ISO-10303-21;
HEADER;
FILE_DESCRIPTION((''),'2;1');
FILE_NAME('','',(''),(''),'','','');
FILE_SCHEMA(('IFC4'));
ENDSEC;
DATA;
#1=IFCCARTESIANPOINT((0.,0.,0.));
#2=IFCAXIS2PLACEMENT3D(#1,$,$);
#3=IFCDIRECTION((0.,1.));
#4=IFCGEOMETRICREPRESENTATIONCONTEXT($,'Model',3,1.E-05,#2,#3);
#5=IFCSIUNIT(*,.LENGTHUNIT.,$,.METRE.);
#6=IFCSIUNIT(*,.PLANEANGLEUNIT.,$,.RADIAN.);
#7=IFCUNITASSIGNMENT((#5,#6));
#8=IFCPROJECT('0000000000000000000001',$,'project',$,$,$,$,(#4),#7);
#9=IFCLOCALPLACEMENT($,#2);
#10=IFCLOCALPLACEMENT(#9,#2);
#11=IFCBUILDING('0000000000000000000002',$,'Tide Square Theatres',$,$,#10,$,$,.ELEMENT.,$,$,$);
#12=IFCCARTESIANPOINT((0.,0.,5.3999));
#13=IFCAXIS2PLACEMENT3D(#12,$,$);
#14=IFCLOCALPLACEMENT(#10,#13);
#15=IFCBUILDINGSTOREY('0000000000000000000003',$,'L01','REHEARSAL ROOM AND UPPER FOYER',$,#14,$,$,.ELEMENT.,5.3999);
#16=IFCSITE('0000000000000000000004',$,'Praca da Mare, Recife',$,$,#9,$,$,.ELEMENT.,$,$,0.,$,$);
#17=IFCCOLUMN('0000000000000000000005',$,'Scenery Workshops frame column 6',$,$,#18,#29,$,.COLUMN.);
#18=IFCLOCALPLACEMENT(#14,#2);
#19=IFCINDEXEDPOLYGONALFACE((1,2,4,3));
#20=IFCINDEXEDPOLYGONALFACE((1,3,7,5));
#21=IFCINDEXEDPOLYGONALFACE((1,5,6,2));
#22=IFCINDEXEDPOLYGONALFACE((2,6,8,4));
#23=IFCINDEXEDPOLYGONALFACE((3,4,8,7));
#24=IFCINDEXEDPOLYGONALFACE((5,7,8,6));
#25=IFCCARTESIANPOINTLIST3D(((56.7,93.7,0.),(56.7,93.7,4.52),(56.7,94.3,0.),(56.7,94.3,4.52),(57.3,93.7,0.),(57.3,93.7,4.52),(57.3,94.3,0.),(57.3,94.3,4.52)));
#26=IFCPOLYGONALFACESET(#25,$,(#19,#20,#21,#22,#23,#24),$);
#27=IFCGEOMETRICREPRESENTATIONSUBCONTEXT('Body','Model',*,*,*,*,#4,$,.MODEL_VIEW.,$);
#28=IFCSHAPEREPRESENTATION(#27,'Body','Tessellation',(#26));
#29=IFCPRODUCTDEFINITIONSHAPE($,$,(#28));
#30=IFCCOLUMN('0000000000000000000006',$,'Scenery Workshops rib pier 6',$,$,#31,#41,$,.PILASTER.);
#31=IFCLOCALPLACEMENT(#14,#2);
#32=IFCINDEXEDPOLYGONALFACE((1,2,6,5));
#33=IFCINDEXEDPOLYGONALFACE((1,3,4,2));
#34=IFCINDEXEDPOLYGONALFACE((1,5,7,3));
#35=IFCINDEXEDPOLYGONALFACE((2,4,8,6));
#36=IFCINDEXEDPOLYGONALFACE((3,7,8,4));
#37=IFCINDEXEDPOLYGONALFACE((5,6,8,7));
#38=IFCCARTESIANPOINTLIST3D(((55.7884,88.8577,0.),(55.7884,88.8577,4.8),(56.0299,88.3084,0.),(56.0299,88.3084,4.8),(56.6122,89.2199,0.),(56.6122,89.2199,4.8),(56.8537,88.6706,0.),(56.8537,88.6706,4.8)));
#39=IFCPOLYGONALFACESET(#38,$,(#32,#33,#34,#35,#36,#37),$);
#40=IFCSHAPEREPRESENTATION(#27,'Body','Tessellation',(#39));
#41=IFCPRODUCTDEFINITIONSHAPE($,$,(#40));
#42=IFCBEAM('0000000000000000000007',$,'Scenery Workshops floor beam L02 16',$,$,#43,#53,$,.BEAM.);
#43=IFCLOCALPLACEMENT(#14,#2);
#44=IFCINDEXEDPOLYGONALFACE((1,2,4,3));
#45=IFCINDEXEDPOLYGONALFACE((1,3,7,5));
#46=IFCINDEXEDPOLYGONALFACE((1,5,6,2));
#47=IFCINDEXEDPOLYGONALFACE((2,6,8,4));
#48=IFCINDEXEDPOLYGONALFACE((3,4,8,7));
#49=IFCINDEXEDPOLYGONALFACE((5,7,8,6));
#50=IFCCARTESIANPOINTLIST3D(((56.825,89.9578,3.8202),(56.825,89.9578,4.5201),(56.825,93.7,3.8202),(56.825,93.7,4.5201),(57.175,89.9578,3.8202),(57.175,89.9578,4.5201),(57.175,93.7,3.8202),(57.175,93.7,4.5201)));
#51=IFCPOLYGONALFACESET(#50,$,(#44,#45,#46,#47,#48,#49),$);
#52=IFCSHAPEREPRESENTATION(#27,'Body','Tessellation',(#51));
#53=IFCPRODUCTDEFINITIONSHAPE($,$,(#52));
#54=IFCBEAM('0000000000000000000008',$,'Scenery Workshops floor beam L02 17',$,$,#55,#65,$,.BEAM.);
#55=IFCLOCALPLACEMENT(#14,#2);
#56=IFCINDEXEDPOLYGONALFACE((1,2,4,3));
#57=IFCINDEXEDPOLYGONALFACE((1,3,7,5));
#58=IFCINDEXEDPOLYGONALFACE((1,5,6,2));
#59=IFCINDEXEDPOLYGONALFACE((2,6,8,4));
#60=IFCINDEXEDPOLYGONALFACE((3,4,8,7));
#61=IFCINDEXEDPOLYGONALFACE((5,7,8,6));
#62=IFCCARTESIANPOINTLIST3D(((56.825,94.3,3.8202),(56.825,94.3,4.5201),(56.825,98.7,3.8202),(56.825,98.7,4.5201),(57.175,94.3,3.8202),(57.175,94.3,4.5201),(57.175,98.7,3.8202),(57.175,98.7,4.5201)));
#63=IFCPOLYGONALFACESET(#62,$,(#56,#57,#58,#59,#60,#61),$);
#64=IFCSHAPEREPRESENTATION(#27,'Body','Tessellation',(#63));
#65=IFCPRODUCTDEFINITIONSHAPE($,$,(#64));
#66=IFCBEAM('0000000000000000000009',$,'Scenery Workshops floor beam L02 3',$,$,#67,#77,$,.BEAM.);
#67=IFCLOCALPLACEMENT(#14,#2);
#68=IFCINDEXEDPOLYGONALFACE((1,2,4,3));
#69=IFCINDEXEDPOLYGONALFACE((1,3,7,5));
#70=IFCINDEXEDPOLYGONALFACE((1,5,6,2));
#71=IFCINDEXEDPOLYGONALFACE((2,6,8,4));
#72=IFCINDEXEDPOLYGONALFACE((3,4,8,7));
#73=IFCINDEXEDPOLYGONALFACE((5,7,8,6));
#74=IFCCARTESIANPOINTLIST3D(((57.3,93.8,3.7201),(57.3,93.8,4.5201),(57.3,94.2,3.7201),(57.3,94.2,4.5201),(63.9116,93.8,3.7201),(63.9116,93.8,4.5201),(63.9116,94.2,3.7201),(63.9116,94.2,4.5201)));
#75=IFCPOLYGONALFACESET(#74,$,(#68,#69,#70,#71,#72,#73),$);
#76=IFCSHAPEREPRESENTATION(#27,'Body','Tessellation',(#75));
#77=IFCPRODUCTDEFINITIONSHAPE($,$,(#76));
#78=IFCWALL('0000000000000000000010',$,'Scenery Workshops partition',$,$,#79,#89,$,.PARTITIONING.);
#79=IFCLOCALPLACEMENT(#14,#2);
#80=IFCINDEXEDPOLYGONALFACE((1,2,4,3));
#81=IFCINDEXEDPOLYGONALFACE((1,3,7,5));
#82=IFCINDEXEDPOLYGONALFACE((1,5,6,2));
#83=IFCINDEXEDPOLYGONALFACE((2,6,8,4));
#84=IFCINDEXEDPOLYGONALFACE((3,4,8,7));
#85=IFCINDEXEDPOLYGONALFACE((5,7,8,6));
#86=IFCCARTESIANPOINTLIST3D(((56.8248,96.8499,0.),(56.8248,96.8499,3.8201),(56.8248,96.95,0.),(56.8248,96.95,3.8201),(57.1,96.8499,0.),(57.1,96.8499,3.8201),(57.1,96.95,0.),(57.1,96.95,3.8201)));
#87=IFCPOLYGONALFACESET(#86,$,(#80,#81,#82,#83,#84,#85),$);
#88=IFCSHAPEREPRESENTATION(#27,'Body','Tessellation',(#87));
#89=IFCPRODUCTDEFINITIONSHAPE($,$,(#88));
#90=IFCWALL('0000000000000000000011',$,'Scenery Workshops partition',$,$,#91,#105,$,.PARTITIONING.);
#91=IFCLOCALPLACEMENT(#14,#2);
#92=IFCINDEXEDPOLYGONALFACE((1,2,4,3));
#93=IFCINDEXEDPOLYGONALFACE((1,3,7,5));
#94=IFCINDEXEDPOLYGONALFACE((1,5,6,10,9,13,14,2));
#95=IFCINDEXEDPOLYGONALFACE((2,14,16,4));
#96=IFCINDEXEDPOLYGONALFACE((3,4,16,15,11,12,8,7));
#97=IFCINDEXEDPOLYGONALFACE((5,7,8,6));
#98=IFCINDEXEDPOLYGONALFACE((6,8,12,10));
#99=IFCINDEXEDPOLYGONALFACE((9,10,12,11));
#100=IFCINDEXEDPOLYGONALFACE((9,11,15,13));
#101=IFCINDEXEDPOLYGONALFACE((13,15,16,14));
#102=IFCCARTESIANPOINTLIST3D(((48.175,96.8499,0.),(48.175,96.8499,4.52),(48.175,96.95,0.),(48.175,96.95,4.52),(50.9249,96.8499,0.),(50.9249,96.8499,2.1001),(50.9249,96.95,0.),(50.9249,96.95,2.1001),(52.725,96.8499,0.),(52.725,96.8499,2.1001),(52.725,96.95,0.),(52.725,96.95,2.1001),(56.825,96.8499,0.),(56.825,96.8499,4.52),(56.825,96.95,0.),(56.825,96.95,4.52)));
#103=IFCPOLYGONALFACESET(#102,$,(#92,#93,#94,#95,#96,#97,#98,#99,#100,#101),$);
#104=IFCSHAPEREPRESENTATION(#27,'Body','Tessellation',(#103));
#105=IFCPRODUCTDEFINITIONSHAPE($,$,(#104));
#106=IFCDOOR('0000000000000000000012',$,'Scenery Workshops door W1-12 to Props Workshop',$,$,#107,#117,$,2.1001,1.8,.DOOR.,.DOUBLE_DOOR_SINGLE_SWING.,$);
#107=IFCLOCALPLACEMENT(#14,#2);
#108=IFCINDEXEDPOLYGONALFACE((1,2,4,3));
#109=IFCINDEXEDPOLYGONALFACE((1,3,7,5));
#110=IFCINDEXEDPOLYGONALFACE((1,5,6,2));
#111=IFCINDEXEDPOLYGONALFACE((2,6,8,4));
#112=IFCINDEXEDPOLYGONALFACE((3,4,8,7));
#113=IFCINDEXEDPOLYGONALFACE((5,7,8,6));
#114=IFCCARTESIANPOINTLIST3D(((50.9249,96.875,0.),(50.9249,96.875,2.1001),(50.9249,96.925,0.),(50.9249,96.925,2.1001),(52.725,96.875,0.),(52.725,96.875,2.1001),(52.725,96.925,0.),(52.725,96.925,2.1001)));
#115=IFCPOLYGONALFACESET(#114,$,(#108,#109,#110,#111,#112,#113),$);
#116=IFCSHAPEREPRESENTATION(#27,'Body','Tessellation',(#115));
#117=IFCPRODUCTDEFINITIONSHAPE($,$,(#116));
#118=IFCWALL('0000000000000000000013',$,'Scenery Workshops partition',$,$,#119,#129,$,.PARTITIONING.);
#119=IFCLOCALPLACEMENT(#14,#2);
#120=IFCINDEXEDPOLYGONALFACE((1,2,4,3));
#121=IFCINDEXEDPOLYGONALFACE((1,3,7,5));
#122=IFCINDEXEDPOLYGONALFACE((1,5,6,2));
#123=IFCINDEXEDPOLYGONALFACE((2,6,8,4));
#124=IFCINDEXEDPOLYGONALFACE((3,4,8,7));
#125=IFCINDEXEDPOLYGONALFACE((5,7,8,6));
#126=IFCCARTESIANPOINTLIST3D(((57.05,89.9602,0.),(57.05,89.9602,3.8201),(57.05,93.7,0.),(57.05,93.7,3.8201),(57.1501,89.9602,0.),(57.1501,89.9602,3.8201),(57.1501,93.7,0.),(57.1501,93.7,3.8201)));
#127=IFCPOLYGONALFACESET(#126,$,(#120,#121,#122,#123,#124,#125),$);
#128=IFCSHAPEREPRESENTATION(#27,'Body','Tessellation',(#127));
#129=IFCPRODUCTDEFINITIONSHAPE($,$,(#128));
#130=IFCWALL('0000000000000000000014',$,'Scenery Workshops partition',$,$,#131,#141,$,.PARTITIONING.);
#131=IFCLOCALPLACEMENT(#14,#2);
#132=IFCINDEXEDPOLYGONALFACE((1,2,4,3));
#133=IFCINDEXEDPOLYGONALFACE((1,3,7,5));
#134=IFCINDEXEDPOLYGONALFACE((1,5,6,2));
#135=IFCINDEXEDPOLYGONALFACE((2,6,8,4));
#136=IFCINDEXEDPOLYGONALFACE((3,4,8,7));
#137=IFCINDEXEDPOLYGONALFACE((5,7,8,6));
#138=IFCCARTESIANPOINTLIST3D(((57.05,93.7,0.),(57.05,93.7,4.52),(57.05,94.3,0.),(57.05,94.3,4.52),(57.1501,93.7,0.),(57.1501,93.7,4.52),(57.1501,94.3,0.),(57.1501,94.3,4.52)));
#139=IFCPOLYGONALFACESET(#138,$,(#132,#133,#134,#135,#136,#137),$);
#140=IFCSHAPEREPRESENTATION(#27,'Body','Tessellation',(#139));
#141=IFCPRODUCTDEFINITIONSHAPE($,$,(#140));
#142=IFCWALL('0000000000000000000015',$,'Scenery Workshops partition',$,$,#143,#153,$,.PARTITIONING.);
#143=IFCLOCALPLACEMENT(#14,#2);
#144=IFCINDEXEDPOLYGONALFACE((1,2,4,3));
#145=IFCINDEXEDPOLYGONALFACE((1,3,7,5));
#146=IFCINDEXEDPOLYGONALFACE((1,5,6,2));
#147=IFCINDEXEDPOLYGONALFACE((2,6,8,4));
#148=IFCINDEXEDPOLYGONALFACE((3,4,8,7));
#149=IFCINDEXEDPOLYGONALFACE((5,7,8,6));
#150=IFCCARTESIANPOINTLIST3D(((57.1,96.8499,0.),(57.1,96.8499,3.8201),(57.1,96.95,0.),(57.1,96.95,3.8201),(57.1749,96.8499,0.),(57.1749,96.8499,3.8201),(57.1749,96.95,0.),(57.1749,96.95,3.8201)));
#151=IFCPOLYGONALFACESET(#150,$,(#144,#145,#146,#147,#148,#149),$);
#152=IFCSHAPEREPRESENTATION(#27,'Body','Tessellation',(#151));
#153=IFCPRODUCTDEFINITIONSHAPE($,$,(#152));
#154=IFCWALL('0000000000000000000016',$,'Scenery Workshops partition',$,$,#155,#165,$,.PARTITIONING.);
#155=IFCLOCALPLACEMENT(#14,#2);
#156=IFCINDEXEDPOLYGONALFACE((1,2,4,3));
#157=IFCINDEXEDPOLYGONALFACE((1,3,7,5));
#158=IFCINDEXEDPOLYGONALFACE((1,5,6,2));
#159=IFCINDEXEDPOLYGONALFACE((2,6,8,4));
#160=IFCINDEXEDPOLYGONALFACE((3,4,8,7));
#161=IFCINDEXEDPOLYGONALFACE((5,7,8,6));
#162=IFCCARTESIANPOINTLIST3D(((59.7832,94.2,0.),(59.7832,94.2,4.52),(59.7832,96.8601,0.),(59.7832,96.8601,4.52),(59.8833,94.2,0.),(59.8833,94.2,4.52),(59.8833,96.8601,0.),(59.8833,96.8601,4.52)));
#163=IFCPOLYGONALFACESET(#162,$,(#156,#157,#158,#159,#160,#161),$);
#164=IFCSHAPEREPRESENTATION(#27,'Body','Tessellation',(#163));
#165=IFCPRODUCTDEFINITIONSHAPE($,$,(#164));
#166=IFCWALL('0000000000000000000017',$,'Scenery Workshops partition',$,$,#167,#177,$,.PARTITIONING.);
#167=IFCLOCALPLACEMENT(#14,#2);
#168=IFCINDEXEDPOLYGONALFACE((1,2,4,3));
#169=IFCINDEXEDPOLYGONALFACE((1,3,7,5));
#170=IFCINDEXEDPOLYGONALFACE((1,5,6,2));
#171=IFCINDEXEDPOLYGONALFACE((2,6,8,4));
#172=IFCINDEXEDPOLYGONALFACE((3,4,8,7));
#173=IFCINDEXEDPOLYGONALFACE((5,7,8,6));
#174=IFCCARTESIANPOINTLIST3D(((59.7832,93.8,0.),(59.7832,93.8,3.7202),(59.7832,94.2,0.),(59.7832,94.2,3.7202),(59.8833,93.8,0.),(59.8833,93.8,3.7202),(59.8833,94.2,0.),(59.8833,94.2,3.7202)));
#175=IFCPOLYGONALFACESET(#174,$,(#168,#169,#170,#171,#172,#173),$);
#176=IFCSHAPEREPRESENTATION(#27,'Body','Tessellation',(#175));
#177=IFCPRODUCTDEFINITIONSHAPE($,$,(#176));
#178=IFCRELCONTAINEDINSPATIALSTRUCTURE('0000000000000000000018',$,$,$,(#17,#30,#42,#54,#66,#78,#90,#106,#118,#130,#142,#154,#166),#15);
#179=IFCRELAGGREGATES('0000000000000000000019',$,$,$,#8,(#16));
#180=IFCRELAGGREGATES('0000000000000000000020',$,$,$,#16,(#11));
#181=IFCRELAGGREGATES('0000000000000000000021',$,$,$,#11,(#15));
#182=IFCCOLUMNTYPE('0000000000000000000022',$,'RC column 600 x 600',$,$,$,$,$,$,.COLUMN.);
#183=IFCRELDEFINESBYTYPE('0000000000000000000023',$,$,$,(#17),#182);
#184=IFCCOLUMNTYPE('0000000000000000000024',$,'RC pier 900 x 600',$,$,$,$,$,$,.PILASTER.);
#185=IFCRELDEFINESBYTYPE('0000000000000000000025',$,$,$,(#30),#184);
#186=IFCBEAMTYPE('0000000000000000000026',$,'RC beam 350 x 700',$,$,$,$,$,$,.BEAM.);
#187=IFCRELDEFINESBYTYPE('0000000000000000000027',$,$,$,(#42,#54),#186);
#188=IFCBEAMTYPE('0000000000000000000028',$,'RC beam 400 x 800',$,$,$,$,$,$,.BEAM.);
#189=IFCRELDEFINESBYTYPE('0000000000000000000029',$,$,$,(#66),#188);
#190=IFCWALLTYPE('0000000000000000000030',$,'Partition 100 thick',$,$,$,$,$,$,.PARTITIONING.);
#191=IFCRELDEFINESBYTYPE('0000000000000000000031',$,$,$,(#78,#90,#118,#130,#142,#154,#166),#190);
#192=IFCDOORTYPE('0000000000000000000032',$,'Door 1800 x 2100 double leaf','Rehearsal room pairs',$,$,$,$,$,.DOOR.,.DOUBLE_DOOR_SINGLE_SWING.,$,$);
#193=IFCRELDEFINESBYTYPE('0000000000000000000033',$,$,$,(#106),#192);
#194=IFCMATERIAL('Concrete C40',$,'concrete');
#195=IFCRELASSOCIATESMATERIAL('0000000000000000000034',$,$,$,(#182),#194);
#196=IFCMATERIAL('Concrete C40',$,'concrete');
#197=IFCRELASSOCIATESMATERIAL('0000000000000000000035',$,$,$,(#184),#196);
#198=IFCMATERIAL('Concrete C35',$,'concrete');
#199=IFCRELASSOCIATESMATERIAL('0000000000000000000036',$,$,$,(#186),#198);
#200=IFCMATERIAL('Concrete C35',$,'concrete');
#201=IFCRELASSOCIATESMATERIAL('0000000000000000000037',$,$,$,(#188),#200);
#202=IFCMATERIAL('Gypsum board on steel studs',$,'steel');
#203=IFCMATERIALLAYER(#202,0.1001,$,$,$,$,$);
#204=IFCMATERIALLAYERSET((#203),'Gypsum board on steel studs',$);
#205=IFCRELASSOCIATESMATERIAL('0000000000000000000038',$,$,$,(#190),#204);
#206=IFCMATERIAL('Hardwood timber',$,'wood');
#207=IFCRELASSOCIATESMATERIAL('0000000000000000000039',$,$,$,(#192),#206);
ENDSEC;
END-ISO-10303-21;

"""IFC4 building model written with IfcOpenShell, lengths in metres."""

from ifc_helpers import new_model, si_unit, direction, frame, frame_2d, origin, origin_2d, place, context, subcontext, project, spatial, rectangle, extrude, material, layer, layer_set, material_profile, profile_set, type_object, element, fill, save


model = new_model("IFC4")

# Units and contexts
model_context = context("Model", 3, precision=1e-05, world=origin(), true_north=direction((0.0, 1.0)))
body_context = subcontext(model_context, "Body", "Model", "MODEL_VIEW")
ifc_project = project(units=[si_unit("LENGTHUNIT", "METRE"), si_unit("PLANEANGLEUNIT", "RADIAN")], contexts=[model_context])

# Site, building, storey
site_placement = place(None, origin())
site = spatial("IfcSite", under=ifc_project, at=site_placement, Name="Praca da Mare, Recife", CompositionType="ELEMENT", RefElevation=0.0)
building_placement = place(site_placement, origin())
building = spatial("IfcBuilding", under=site, at=building_placement, Name="Tide Square Theatres", CompositionType="ELEMENT")
storey_placement = place(building_placement, frame((0.0, 0.0, 5.3999)))
storey = spatial("IfcBuildingStorey", under=building, at=storey_placement, Name="L01", Description="REHEARSAL ROOM AND UPPER FOYER", CompositionType="ELEMENT", Elevation=5.3999)

# Columns
ifc_material_1 = material(Name="Concrete C40", Category="concrete")
ifc_material_profile_1 = material_profile(ifc_material_1, rectangle(XDim=0.6001, YDim=0.6001, at=origin_2d()))
ifc_profile_set_1 = profile_set([ifc_material_profile_1], Name="Concrete C40")
column_type_1 = type_object("IfcColumnType", Name="RC column 600 x 600", PredefinedType="COLUMN", material=ifc_profile_set_1)
column_1_placement = place(storey_placement, frame((57.0, 94.0, 0.0), z_axis=(0.0, 0.0, 1.0), x_axis=(1.0, 0.0, 0.0)))
element("IfcColumn", 1, at=column_1_placement, inside=storey, type_object=column_type_1, Name="Scenery Workshops frame column 6", PredefinedType="COLUMN", context=body_context, shape_type="SweptSolid", body=[
    extrude(rectangle(XDim=0.6001, YDim=0.6001, at=origin_2d()), origin(), (0.0, 0.0, 1.0), 4.52),
])
ifc_material_2 = material(Name="Concrete C40", Category="concrete")
ifc_material_profile_2 = material_profile(ifc_material_2, rectangle(XDim=0.8999, YDim=0.6001, at=origin_2d()))
ifc_profile_set_2 = profile_set([ifc_material_profile_2], Name="Concrete C40")
column_type_2 = type_object("IfcColumnType", Name="RC pier 900 x 600", PredefinedType="PILASTER", material=ifc_profile_set_2)
column_2_placement = place(storey_placement, frame((56.321, 88.7642, 0.0), z_axis=(0.0, 0.0, 1.0), x_axis=(0.915419, 0.402502, 0.0)))
element("IfcColumn", 2, at=column_2_placement, inside=storey, type_object=column_type_2, Name="Scenery Workshops rib pier 6", PredefinedType="PILASTER", context=body_context, shape_type="SweptSolid", body=[
    extrude(rectangle(XDim=0.8999, YDim=0.6001, at=origin_2d()), origin(), (0.0, 0.0, 1.0), 4.8),
])

# Beams
ifc_material_3 = material(Name="Concrete C35", Category="concrete")
ifc_material_profile_3 = material_profile(ifc_material_3, rectangle(XDim=0.3501, YDim=0.7, at=origin_2d()))
ifc_profile_set_3 = profile_set([ifc_material_profile_3], Name="Concrete C35")
beam_type_1 = type_object("IfcBeamType", Name="RC beam 350 x 700", PredefinedType="BEAM", material=ifc_profile_set_3)
beam_1_placement = place(storey_placement, frame((57.0, 89.9578, 4.1702), z_axis=(0.0, 1.0, 0.0), x_axis=(-1.0, 0.0, 0.0)))
element("IfcBeam", 3, at=beam_1_placement, inside=storey, type_object=beam_type_1, Name="Scenery Workshops floor beam L02 16", PredefinedType="BEAM", context=body_context, shape_type="SweptSolid", body=[
    extrude(rectangle(XDim=0.3501, YDim=0.7, at=origin_2d()), origin(), (0.0, 0.0, 1.0), 3.7422),
])
beam_2_placement = place(storey_placement, frame((57.0, 94.3, 4.1702), z_axis=(0.0, 1.0, 0.0), x_axis=(-1.0, 0.0, 0.0)))
element("IfcBeam", 4, at=beam_2_placement, inside=storey, type_object=beam_type_1, Name="Scenery Workshops floor beam L02 17", PredefinedType="BEAM", context=body_context, shape_type="SweptSolid", body=[
    extrude(rectangle(XDim=0.3501, YDim=0.7, at=origin_2d()), origin(), (0.0, 0.0, 1.0), 4.3999),
])
ifc_material_4 = material(Name="Concrete C35", Category="concrete")
ifc_material_profile_4 = material_profile(ifc_material_4, rectangle(XDim=0.3999, YDim=0.8, at=origin_2d()))
ifc_profile_set_4 = profile_set([ifc_material_profile_4], Name="Concrete C35")
beam_type_2 = type_object("IfcBeamType", Name="RC beam 400 x 800", PredefinedType="BEAM", material=ifc_profile_set_4)
beam_3_placement = place(storey_placement, frame((57.3, 94.0, 4.1201), z_axis=(1.0, 0.0, 0.0), x_axis=(0.0, 1.0, 0.0)))
element("IfcBeam", 5, at=beam_3_placement, inside=storey, type_object=beam_type_2, Name="Scenery Workshops floor beam L02 3", PredefinedType="BEAM", context=body_context, shape_type="SweptSolid", body=[
    extrude(rectangle(XDim=0.3999, YDim=0.8, at=origin_2d()), origin(), (0.0, 0.0, 1.0), 6.6116),
])

# Wall
ifc_material_5 = material(Name="Gypsum board on steel studs", Category="steel")
ifc_layer_1 = layer(ifc_material_5, 0.1001)
ifc_layer_set_1 = layer_set([ifc_layer_1], Name="Gypsum board on steel studs")
wall_type_1 = type_object("IfcWallType", Name="Partition 100 thick", PredefinedType="PARTITIONING", material=ifc_layer_set_1)
wall_1_placement = place(storey_placement, frame((57.1001, 96.8999, 0.0), z_axis=(0.0, 0.0, 1.0), x_axis=(-1.0, 0.0, 0.0)))
element("IfcWall", 6, at=wall_1_placement, inside=storey, type_object=wall_type_1, Name="Scenery Workshops partition", PredefinedType="PARTITIONING", context=body_context, shape_type="SweptSolid", body=[
    extrude(rectangle(XDim=0.2751, YDim=0.1001, at=frame_2d((0.1377, 0.0))), origin(), (0.0, 0.0, 1.0), 3.8201),
])

# Wall, opening, door
wall_2_placement = place(storey_placement, frame((56.825, 96.8999, 0.0), z_axis=(0.0, 0.0, 1.0), x_axis=(-1.0, 0.0, 0.0)))
wall_2 = element("IfcWall", 7, at=wall_2_placement, inside=storey, type_object=wall_type_1, Name="Scenery Workshops partition", PredefinedType="PARTITIONING", context=body_context, shape_type="SweptSolid", body=[
    extrude(rectangle(XDim=8.6499, YDim=0.1001, at=frame_2d((4.325, 0.0))), origin(), (0.0, 0.0, 1.0), 4.52),
])
opening_1_placement = place(wall_2_placement, frame((4.1001, 0.0, 0.0)))
opening_1 = element("IfcOpeningElement", 8, at=opening_1_placement, cuts=wall_2, PredefinedType="OPENING", context=body_context, shape_type="SweptSolid", body=[
    extrude(rectangle(XDim=1.8, YDim=2.1001, at=frame_2d((0.8999, 1.05))), frame((0.0, 0.0601, 0.0), z_axis=(0.0, -1.0, 0.0), x_axis=(1.0, 0.0, 0.0)), (0.0, 0.0, 1.0), 0.1201),
])
ifc_material_6 = material(Name="Hardwood timber", Category="wood")
door_type = type_object("IfcDoorType", Name="Door 1800 x 2100 double leaf", Description="Rehearsal room pairs", OperationType="DOUBLE_DOOR_SINGLE_SWING", PredefinedType="DOOR", material=ifc_material_6)
door_placement = place(opening_1_placement, origin())
door = element("IfcDoor", 9, at=door_placement, inside=storey, type_object=door_type, Name="Scenery Workshops door W1-12 to Props Workshop", OperationType="DOUBLE_DOOR_SINGLE_SWING", OverallHeight=2.1001, OverallWidth=1.8, PredefinedType="DOOR", context=body_context, shape_type="SweptSolid", body=[
    extrude(rectangle(XDim=1.8, YDim=2.1001, at=frame_2d((0.8999, 1.05))), frame((0.0, 0.0249, 0.0), z_axis=(0.0, -1.0, 0.0), x_axis=(1.0, 0.0, 0.0)), (0.0, 0.0, 1.0), 0.05),
])
fill(opening_1, door)

# Walls
wall_3_placement = place(storey_placement, frame((57.1001, 89.9602, 0.0), z_axis=(0.0, 0.0, 1.0), x_axis=(0.0, 1.0, 0.0)))
element("IfcWall", 10, at=wall_3_placement, inside=storey, type_object=wall_type_1, Name="Scenery Workshops partition", PredefinedType="PARTITIONING", context=body_context, shape_type="SweptSolid", body=[
    extrude(rectangle(XDim=3.7397, YDim=0.1001, at=frame_2d((1.8699, 0.0))), origin(), (0.0, 0.0, 1.0), 3.8201),
])
wall_4_placement = place(storey_placement, frame((57.1001, 93.7, 0.0), z_axis=(0.0, 0.0, 1.0), x_axis=(0.0, 1.0, 0.0)))
element("IfcWall", 11, at=wall_4_placement, inside=storey, type_object=wall_type_1, Name="Scenery Workshops partition", PredefinedType="PARTITIONING", context=body_context, shape_type="SweptSolid", body=[
    extrude(rectangle(XDim=0.6001, YDim=0.1001, at=frame_2d((0.3, 0.0))), origin(), (0.0, 0.0, 1.0), 4.52),
])
wall_5_placement = place(storey_placement, frame((57.175, 96.8999, 0.0), z_axis=(0.0, 0.0, 1.0), x_axis=(-1.0, 0.0, 0.0)))
element("IfcWall", 12, at=wall_5_placement, inside=storey, type_object=wall_type_1, Name="Scenery Workshops partition", PredefinedType="PARTITIONING", context=body_context, shape_type="SweptSolid", body=[
    extrude(rectangle(XDim=0.075, YDim=0.1001, at=frame_2d((0.0376, 0.0))), origin(), (0.0, 0.0, 1.0), 3.8201),
])
wall_6_placement = place(storey_placement, frame((59.8333, 96.8601, 0.0), z_axis=(0.0, 0.0, 1.0), x_axis=(0.0, -1.0, 0.0)))
element("IfcWall", 13, at=wall_6_placement, inside=storey, type_object=wall_type_1, Name="Scenery Workshops partition", PredefinedType="PARTITIONING", context=body_context, shape_type="SweptSolid", body=[
    extrude(rectangle(XDim=2.6602, YDim=0.1001, at=frame_2d((1.3301, 0.0))), origin(), (0.0, 0.0, 1.0), 4.52),
])
wall_7_placement = place(storey_placement, frame((59.8333, 94.2, 0.0), z_axis=(0.0, 0.0, 1.0), x_axis=(0.0, -1.0, 0.0)))
element("IfcWall", 14, at=wall_7_placement, inside=storey, type_object=wall_type_1, Name="Scenery Workshops partition", PredefinedType="PARTITIONING", context=body_context, shape_type="SweptSolid", body=[
    extrude(rectangle(XDim=0.3999, YDim=0.1001, at=frame_2d((0.2, 0.0))), origin(), (0.0, 0.0, 1.0), 3.7202),
])

save(model, "model.ifc")
